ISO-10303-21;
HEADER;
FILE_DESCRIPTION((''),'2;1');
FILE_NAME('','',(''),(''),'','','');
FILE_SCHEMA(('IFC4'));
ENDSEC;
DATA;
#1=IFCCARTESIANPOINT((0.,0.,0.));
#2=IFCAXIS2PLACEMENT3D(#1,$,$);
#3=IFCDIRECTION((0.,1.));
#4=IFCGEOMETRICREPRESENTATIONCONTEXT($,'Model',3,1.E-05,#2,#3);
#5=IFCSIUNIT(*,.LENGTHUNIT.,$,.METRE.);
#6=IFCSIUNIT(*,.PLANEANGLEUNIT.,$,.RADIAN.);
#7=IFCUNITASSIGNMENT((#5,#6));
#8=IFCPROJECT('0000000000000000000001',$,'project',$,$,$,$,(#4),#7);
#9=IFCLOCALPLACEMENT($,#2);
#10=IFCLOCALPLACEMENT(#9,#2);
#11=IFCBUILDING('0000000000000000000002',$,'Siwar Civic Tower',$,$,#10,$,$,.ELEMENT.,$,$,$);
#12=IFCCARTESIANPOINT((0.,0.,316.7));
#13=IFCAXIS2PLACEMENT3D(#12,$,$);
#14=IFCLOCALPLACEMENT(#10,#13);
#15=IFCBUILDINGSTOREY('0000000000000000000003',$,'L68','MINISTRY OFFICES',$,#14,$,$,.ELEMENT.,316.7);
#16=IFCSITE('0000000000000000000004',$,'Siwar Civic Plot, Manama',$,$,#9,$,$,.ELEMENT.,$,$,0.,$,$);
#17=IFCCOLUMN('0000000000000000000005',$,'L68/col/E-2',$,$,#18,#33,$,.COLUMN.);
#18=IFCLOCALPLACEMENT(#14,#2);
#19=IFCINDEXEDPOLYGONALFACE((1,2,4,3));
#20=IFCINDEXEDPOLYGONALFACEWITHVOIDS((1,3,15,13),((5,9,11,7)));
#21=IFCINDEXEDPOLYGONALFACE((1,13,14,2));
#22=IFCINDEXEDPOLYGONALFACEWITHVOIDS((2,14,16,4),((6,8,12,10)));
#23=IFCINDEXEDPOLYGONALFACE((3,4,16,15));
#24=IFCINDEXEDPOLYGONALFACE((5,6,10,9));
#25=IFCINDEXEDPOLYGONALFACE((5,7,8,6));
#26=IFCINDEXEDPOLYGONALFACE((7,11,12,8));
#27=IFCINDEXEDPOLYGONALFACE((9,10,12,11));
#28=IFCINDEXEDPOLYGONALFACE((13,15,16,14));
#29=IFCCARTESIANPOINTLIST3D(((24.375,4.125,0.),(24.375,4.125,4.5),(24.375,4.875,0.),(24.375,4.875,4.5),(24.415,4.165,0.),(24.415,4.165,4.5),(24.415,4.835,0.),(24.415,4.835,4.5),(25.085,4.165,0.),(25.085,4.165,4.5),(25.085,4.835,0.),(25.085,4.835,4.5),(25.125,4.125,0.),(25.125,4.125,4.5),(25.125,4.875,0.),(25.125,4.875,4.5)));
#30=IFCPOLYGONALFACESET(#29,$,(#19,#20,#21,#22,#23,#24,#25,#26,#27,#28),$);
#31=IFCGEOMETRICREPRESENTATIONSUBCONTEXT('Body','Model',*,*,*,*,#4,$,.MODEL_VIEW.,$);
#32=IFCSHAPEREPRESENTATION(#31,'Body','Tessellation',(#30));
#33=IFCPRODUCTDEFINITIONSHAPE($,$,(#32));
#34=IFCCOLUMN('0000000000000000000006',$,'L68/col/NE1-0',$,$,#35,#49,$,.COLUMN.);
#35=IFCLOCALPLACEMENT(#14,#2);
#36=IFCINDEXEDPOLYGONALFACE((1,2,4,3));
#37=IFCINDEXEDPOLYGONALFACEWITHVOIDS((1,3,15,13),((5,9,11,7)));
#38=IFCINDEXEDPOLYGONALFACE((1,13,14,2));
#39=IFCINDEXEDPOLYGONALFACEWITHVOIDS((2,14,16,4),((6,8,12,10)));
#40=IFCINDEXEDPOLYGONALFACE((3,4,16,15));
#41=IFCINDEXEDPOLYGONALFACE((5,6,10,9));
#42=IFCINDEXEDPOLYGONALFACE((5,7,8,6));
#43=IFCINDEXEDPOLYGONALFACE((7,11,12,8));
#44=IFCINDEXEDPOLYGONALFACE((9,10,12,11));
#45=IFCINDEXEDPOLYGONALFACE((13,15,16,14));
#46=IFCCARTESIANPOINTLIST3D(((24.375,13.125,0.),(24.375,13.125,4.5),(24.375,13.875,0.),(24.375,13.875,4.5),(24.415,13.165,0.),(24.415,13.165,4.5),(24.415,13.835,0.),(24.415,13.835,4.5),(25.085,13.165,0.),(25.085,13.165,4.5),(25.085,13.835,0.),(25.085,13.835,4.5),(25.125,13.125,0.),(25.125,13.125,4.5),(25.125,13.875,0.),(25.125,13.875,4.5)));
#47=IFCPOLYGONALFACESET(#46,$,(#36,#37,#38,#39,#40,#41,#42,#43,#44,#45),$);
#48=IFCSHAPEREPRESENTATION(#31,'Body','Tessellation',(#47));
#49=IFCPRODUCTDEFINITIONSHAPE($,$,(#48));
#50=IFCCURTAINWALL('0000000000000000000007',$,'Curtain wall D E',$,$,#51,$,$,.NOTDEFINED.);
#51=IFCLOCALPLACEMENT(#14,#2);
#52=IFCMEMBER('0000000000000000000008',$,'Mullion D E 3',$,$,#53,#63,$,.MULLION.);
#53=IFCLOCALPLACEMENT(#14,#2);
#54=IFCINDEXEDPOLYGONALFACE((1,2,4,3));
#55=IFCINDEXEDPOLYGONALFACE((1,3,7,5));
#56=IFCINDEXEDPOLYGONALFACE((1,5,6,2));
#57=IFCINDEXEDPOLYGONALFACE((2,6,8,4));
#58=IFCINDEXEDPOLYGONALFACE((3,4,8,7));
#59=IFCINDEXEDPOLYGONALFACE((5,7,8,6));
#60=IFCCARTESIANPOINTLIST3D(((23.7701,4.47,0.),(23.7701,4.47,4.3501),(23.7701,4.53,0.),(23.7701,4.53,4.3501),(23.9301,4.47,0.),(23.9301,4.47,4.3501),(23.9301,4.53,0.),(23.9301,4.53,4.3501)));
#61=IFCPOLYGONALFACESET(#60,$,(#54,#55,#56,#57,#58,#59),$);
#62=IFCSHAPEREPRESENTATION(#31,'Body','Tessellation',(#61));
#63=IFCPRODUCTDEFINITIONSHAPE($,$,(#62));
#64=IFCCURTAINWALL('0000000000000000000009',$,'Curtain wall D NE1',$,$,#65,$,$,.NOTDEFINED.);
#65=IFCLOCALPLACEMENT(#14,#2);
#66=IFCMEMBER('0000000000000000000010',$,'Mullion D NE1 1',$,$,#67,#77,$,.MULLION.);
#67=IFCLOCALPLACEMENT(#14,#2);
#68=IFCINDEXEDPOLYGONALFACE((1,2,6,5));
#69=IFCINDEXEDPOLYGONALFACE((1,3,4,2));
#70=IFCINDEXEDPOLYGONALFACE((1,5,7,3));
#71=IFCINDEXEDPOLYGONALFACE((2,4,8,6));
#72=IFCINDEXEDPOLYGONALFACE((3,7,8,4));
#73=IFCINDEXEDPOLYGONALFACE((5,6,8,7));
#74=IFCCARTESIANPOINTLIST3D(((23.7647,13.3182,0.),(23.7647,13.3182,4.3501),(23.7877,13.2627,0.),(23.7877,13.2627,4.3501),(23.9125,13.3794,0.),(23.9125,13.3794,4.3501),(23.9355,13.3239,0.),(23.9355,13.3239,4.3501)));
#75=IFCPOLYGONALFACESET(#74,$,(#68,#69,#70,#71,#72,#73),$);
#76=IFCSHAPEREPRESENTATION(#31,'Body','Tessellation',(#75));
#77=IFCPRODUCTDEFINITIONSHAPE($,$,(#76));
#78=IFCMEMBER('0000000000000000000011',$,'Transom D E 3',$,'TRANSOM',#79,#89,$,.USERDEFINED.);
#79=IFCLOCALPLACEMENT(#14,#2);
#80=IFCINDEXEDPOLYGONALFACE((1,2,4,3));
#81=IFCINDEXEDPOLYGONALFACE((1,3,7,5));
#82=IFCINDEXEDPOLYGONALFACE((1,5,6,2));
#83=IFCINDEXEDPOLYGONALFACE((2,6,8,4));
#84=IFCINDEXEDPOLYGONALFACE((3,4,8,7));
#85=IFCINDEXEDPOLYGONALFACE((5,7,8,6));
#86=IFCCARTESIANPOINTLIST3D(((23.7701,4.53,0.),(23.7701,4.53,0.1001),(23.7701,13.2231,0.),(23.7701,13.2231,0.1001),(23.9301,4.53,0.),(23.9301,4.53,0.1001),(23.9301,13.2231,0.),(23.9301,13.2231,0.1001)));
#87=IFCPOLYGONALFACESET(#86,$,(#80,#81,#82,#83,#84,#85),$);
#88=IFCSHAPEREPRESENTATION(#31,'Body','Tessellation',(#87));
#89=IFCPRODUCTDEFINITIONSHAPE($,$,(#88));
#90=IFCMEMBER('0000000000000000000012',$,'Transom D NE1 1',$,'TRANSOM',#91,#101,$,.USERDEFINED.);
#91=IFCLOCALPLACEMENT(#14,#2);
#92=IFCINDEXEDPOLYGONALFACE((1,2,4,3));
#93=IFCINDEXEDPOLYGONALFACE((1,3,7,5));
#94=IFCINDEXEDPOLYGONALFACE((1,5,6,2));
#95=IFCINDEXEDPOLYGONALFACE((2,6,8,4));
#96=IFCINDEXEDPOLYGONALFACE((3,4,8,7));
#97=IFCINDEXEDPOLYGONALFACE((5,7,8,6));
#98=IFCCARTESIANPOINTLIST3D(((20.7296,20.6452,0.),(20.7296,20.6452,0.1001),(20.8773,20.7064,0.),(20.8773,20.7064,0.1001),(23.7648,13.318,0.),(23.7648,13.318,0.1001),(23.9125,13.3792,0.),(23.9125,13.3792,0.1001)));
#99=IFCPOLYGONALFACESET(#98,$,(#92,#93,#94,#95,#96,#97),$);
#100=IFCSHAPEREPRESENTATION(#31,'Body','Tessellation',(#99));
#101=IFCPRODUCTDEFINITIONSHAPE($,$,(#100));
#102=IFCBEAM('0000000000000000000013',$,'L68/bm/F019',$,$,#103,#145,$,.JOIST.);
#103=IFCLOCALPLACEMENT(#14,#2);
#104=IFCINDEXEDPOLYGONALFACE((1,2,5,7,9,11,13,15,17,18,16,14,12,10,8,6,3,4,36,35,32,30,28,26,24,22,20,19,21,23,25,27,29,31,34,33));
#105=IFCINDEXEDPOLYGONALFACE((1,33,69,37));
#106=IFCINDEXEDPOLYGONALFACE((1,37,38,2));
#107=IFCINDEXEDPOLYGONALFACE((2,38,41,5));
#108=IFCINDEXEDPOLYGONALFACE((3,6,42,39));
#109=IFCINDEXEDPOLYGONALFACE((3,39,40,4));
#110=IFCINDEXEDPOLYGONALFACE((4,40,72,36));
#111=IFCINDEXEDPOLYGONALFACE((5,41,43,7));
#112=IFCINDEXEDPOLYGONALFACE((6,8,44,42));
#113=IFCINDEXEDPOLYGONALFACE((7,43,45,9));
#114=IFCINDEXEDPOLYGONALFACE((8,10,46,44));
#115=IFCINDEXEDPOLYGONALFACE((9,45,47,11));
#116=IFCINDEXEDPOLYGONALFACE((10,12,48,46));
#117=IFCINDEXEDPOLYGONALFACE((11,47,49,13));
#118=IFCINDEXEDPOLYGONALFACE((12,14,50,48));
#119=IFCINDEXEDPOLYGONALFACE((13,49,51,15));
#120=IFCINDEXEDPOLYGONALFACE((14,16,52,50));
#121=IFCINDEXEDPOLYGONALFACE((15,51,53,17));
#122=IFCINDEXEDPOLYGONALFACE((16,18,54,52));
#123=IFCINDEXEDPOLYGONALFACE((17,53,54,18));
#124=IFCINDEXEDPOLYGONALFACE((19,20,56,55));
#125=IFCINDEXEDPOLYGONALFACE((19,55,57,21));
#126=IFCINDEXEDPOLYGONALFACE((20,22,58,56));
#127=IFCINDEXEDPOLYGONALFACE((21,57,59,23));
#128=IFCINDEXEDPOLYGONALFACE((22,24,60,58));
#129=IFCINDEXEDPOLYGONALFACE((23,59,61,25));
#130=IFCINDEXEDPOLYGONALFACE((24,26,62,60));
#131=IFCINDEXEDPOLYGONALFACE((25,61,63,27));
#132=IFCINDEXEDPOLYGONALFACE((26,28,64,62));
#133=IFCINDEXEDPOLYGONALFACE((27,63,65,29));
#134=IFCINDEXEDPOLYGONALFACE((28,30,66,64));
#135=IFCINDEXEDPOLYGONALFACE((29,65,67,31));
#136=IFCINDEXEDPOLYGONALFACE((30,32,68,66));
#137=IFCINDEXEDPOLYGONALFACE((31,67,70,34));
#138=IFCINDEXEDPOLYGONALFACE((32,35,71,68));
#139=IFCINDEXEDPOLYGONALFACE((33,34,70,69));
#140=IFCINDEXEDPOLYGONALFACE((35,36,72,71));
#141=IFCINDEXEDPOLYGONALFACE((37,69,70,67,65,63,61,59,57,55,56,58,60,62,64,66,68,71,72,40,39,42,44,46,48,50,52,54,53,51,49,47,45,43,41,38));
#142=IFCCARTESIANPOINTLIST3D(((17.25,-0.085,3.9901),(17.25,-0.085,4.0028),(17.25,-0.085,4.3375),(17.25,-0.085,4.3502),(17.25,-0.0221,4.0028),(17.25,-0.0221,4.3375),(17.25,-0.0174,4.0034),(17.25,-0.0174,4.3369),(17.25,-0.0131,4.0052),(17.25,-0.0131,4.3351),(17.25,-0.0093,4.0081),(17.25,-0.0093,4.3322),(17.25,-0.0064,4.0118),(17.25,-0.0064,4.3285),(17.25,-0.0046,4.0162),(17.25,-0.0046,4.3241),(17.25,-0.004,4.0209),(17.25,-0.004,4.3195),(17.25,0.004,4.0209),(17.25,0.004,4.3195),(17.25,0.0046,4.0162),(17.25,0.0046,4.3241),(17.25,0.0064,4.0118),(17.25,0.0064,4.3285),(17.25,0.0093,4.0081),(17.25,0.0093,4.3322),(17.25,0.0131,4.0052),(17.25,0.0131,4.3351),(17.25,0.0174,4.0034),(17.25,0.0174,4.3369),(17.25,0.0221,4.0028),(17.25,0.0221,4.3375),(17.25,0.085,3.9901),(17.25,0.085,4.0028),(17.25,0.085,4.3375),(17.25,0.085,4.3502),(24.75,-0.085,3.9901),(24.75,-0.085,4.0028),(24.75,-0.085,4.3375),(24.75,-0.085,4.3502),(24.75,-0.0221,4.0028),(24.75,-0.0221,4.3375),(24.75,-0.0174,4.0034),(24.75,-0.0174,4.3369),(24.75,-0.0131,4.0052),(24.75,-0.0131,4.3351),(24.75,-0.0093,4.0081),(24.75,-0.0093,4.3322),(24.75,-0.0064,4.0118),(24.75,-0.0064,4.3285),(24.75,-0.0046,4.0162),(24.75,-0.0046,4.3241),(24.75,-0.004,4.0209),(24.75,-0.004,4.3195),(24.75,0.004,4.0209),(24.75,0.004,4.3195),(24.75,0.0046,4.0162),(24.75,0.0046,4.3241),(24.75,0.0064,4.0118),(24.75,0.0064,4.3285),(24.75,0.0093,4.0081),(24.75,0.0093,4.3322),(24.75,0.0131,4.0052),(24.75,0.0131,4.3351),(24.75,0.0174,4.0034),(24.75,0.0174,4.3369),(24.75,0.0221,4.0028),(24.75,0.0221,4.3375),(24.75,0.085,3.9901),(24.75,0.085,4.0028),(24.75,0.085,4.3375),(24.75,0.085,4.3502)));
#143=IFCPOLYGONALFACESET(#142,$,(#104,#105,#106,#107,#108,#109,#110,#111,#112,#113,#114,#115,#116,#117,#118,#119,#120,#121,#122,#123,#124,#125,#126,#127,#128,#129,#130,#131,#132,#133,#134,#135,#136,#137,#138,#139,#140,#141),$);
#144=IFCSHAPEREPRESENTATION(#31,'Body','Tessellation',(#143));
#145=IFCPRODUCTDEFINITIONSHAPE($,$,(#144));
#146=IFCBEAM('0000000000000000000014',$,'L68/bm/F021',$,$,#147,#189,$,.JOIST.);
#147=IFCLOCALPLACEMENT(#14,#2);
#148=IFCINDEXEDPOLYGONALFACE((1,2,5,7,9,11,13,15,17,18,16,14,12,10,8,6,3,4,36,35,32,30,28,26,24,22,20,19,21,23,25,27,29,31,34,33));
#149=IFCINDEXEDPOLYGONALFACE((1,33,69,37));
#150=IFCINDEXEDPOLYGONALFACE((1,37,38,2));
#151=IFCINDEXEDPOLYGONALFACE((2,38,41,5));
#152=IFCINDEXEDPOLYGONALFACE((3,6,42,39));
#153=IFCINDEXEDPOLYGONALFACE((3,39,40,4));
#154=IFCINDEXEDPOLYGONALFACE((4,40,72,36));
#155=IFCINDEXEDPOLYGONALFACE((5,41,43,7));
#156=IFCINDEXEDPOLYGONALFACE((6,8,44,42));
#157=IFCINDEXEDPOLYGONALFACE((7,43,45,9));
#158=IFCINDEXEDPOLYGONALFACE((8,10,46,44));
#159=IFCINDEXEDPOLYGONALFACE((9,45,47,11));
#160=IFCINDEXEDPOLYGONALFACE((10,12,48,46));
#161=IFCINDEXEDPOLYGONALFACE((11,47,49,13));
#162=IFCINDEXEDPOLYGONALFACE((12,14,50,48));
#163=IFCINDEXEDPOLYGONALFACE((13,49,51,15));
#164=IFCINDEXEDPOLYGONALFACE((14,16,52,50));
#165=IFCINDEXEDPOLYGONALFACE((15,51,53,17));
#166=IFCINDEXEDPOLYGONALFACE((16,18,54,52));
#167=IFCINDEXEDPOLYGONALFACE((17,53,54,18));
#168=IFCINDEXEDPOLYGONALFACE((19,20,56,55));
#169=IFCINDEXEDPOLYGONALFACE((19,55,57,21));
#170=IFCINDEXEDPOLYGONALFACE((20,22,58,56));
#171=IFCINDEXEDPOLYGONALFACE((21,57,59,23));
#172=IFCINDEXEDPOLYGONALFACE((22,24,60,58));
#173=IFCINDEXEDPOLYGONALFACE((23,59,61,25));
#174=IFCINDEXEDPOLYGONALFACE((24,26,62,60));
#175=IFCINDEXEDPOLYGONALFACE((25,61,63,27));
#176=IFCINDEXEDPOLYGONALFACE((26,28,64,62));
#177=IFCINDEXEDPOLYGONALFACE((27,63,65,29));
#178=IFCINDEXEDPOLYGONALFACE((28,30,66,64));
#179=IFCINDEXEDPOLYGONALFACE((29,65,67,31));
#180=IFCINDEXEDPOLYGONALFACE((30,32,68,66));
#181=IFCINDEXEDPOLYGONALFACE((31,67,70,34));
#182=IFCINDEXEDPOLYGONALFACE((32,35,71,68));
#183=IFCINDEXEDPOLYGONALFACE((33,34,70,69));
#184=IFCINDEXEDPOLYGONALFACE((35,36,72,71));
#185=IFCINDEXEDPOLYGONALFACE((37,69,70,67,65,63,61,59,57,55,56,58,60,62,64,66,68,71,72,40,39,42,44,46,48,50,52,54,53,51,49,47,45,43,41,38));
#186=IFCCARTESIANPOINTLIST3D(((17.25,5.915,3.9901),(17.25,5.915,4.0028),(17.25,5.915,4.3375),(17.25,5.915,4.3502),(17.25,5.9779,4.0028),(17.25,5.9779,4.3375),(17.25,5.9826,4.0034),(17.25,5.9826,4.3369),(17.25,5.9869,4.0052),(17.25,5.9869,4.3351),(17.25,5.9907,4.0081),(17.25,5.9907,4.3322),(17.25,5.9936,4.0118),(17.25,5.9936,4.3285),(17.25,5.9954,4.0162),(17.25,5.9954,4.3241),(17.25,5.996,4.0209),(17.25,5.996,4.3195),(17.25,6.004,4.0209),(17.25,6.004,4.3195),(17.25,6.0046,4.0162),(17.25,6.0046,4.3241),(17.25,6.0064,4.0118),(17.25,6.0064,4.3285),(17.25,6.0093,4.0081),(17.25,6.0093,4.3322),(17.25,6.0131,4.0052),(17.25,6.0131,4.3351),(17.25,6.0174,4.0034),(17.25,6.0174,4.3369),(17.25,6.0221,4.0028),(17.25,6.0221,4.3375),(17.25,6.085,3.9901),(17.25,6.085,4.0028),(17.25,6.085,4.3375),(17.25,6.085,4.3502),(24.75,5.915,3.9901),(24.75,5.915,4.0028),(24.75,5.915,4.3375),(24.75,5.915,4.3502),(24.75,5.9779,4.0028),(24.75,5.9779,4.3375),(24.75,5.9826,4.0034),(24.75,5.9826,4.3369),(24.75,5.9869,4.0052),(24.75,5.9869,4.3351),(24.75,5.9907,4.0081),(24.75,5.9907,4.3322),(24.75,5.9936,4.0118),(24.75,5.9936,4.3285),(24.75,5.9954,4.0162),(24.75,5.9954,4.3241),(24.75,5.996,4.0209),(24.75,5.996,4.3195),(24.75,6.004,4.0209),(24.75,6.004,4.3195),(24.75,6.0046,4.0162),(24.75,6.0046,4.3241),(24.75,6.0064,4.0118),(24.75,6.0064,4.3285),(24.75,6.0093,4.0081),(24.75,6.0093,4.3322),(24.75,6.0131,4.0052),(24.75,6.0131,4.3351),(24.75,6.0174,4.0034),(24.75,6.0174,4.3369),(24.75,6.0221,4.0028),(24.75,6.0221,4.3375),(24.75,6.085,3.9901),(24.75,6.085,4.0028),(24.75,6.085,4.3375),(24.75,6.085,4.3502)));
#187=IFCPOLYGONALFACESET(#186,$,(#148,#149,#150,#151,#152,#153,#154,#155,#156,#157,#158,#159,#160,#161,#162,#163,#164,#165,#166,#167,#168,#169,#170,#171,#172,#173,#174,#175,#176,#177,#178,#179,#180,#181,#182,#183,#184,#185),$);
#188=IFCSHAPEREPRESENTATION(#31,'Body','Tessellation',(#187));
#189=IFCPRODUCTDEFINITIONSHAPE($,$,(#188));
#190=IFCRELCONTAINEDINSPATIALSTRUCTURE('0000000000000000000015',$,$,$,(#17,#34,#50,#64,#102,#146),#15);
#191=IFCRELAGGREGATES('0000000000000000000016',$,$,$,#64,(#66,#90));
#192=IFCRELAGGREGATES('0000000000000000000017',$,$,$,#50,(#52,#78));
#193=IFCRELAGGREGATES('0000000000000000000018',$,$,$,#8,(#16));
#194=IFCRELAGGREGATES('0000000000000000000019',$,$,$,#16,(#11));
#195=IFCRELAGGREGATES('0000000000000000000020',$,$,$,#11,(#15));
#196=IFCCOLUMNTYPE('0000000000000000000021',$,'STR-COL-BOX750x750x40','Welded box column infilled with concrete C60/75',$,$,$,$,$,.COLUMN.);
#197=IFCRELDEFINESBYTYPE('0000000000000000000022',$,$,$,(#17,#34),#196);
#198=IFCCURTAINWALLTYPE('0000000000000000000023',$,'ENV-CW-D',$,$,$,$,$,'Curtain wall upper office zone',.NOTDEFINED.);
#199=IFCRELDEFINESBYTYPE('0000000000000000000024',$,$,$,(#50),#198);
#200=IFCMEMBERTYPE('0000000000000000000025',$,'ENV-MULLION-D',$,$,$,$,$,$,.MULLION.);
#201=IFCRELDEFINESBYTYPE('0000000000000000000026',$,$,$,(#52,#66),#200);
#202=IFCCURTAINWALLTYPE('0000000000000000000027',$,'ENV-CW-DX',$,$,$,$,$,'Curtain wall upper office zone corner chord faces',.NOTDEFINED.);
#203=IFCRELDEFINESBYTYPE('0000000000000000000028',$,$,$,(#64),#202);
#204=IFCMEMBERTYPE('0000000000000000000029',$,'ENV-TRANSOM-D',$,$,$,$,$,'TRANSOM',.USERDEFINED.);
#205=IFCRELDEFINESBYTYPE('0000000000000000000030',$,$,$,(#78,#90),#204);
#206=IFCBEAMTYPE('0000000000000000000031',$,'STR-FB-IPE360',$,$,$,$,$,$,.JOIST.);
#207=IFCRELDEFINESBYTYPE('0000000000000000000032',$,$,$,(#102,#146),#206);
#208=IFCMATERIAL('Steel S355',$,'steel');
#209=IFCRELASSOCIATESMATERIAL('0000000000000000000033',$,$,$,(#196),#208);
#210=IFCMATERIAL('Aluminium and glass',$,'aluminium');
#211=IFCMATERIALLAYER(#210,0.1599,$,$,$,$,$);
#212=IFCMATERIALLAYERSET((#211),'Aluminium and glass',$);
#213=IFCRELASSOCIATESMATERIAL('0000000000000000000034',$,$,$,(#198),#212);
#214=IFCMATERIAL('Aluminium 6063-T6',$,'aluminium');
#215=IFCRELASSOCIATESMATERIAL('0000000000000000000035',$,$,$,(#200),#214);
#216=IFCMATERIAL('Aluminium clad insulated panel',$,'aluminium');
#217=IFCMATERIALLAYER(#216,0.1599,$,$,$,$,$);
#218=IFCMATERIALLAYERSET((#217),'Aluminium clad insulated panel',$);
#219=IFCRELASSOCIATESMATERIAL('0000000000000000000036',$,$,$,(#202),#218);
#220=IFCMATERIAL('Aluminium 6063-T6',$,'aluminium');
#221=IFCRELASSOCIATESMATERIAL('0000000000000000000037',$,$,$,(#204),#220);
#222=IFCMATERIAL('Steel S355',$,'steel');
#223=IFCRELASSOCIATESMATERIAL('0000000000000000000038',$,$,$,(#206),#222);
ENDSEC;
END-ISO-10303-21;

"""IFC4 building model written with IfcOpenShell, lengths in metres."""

from ifc_helpers import new_model, si_unit, direction, frame, origin, origin_2d, place, context, subcontext, project, spatial, rectangle, hollow_rectangle, i_section, extrude, material, layer, layer_set, material_profile, profile_set, type_object, element, aggregate, save


model = new_model("IFC4")

# Units and contexts
model_context = context("Model", 3, precision=1e-05, world=origin(), true_north=direction((0.0, 1.0)))
body_context = subcontext(model_context, "Body", "Model", "MODEL_VIEW")
ifc_project = project(units=[si_unit("LENGTHUNIT", "METRE"), si_unit("PLANEANGLEUNIT", "RADIAN")], contexts=[model_context])

# Site, building, storey
site_placement = place(None, origin())
site = spatial("IfcSite", under=ifc_project, at=site_placement, Name="Siwar Civic Plot, Manama", CompositionType="ELEMENT", RefElevation=0.0)
building_placement = place(site_placement, origin())
building = spatial("IfcBuilding", under=site, at=building_placement, Name="Siwar Civic Tower", CompositionType="ELEMENT")
storey_placement = place(building_placement, frame((0.0, 0.0, 316.7)))
storey = spatial("IfcBuildingStorey", under=building, at=storey_placement, Name="L68", Description="MINISTRY OFFICES", CompositionType="ELEMENT", Elevation=316.7)

# Columns
ifc_material_1 = material(Name="Steel S355", Category="steel")
ifc_material_profile_1 = material_profile(ifc_material_1, hollow_rectangle(XDim=0.75, YDim=0.75, WallThickness=0.04, at=origin_2d()), Name="BOX750x750x40")
ifc_profile_set_1 = profile_set([ifc_material_profile_1], Name="Steel S355")
column_type = type_object("IfcColumnType", Name="STR-COL-BOX750x750x40", Description="Welded box column infilled with concrete C60/75", PredefinedType="COLUMN", material=ifc_profile_set_1)
for number, where, z_axis, x_axis, name in (
    (1, (24.75, 4.5, 0.0), (0.0, 0.0, 1.0), (1.0, 0.0, 0.0), "L68/col/E-2"),
    (2, (24.75, 13.5, 0.0), (0.0, 0.0, 1.0), (1.0, 0.0, 0.0), "L68/col/NE1-0"),
):
    element("IfcColumn", number, at=place(storey_placement, frame(where, z_axis=z_axis, x_axis=x_axis)), inside=storey, type_object=column_type, Name=name, PredefinedType="COLUMN", context=body_context, shape_type="SweptSolid", body=[
        extrude(hollow_rectangle(XDim=0.75, YDim=0.75, WallThickness=0.04, at=origin_2d()), origin(), (0.0, 0.0, 1.0), 4.5),
    ])

# Curtain walls, members
ifc_material_2 = material(Name="Aluminium and glass", Category="aluminium")
ifc_layer_1 = layer(ifc_material_2, 0.1599)
ifc_layer_set_1 = layer_set([ifc_layer_1], Name="Aluminium and glass")
curtain_wall_type_1 = type_object("IfcCurtainWallType", Name="ENV-CW-D", ElementType="Curtain wall upper office zone", PredefinedType="NOTDEFINED", material=ifc_layer_set_1)
curtain_wall_1_placement = place(storey_placement, origin())
curtain_wall_1 = element("IfcCurtainWall", 3, at=curtain_wall_1_placement, inside=storey, type_object=curtain_wall_type_1, Name="Curtain wall D E", PredefinedType="NOTDEFINED")
ifc_material_3 = material(Name="Aluminium 6063-T6", Category="aluminium")
ifc_material_profile_2 = material_profile(ifc_material_3, rectangle(XDim=0.1599, YDim=0.0601, at=origin_2d()), Name="AL 160x60")
ifc_profile_set_2 = profile_set([ifc_material_profile_2], Name="Aluminium 6063-T6")
member_type_1 = type_object("IfcMemberType", Name="ENV-MULLION-D", PredefinedType="MULLION", material=ifc_profile_set_2)
member_1_placement = place(storey_placement, frame((23.8501, 4.5, 0.0), z_axis=(0.0, 0.0, 1.0), x_axis=(-1.0, 0.0, 0.0)))
member_1 = element("IfcMember", 4, at=member_1_placement, type_object=member_type_1, Name="Mullion D E 3", PredefinedType="MULLION", context=body_context, shape_type="SweptSolid", body=[
    extrude(rectangle(XDim=0.1599, YDim=0.0601, at=origin_2d()), origin(), (0.0, 0.0, 1.0), 4.3501),
])
ifc_material_4 = material(Name="Aluminium clad insulated panel", Category="aluminium")
ifc_layer_2 = layer(ifc_material_4, 0.1599)
ifc_layer_set_2 = layer_set([ifc_layer_2], Name="Aluminium clad insulated panel")
curtain_wall_type_2 = type_object("IfcCurtainWallType", Name="ENV-CW-DX", ElementType="Curtain wall upper office zone corner chord faces", PredefinedType="NOTDEFINED", material=ifc_layer_set_2)
curtain_wall_2_placement = place(storey_placement, origin())
curtain_wall_2 = element("IfcCurtainWall", 5, at=curtain_wall_2_placement, inside=storey, type_object=curtain_wall_type_2, Name="Curtain wall D NE1", PredefinedType="NOTDEFINED")
member_2_placement = place(storey_placement, frame((23.8501, 13.321, 0.0), z_axis=(0.0, 0.0, 1.0), x_axis=(-0.92388, -0.382683, 0.0)))
member_2 = element("IfcMember", 6, at=member_2_placement, type_object=member_type_1, Name="Mullion D NE1 1", PredefinedType="MULLION", context=body_context, shape_type="SweptSolid", body=[
    extrude(rectangle(XDim=0.1599, YDim=0.0601, at=origin_2d()), origin(), (0.0, 0.0, 1.0), 4.3501),
])

# Members
ifc_material_5 = material(Name="Aluminium 6063-T6", Category="aluminium")
ifc_material_profile_3 = material_profile(ifc_material_5, rectangle(XDim=0.1599, YDim=0.1001, at=origin_2d()), Name="AL 160x100")
ifc_profile_set_3 = profile_set([ifc_material_profile_3], Name="Aluminium 6063-T6")
member_type_2 = type_object("IfcMemberType", Name="ENV-TRANSOM-D", ElementType="TRANSOM", PredefinedType="USERDEFINED", material=ifc_profile_set_3)
member_3_placement = place(storey_placement, frame((23.8501, 4.53, 0.05), z_axis=(0.0, 1.0, 0.0), x_axis=(-1.0, 0.0, 0.0)))
member_3 = element("IfcMember", 7, at=member_3_placement, type_object=member_type_2, Name="Transom D E 3", ObjectType="TRANSOM", PredefinedType="USERDEFINED", context=body_context, shape_type="SweptSolid", body=[
    extrude(rectangle(XDim=0.1599, YDim=0.1001, at=origin_2d()), origin(), (0.0, 0.0, 1.0), 8.6931),
])
member_4_placement = place(storey_placement, frame((23.8386, 13.3486, 0.05), z_axis=(-0.3827, 0.923873, 0.0), x_axis=(-0.923873, -0.3827, 0.0)))
member_4 = element("IfcMember", 8, at=member_4_placement, type_object=member_type_2, Name="Transom D NE1 1", ObjectType="TRANSOM", PredefinedType="USERDEFINED", context=body_context, shape_type="SweptSolid", body=[
    extrude(rectangle(XDim=0.1599, YDim=0.1001, at=origin_2d()), origin(), (0.0, 0.0, 1.0), 7.9309),
])
aggregate(curtain_wall_2, [member_2, member_4])

# Beams
ifc_material_6 = material(Name="Steel S355", Category="steel")
ifc_material_profile_4 = material_profile(ifc_material_6, i_section(OverallWidth=0.1699, OverallDepth=0.3601, WebThickness=0.0081, FlangeThickness=0.0127, FilletRadius=0.0181, at=origin_2d()), Name="IPE360")
ifc_profile_set_4 = profile_set([ifc_material_profile_4], Name="Steel S355")
beam_type_1 = type_object("IfcBeamType", Name="STR-FB-IPE360", PredefinedType="JOIST", material=ifc_profile_set_4)
for number, where, z_axis, x_axis, name in (
    (9, (17.25, 0.0, 4.1702), (1.0, 0.0, 0.0), (0.0, 1.0, 0.0), "L68/bm/F019"),
    (10, (17.25, 6.0, 4.1702), (1.0, 0.0, 0.0), (0.0, 1.0, 0.0), "L68/bm/F021"),
):
    element("IfcBeam", number, at=place(storey_placement, frame(where, z_axis=z_axis, x_axis=x_axis)), inside=storey, type_object=beam_type_1, Name=name, PredefinedType="JOIST", context=body_context, shape_type="SweptSolid", body=[
        extrude(i_section(OverallWidth=0.1699, OverallDepth=0.3601, WebThickness=0.0081, FlangeThickness=0.0127, FilletRadius=0.0181, at=origin_2d()), origin(), (0.0, 0.0, 1.0), 7.5),
    ])

aggregate(curtain_wall_1, [member_1, member_3])

save(model, "model.ifc")
